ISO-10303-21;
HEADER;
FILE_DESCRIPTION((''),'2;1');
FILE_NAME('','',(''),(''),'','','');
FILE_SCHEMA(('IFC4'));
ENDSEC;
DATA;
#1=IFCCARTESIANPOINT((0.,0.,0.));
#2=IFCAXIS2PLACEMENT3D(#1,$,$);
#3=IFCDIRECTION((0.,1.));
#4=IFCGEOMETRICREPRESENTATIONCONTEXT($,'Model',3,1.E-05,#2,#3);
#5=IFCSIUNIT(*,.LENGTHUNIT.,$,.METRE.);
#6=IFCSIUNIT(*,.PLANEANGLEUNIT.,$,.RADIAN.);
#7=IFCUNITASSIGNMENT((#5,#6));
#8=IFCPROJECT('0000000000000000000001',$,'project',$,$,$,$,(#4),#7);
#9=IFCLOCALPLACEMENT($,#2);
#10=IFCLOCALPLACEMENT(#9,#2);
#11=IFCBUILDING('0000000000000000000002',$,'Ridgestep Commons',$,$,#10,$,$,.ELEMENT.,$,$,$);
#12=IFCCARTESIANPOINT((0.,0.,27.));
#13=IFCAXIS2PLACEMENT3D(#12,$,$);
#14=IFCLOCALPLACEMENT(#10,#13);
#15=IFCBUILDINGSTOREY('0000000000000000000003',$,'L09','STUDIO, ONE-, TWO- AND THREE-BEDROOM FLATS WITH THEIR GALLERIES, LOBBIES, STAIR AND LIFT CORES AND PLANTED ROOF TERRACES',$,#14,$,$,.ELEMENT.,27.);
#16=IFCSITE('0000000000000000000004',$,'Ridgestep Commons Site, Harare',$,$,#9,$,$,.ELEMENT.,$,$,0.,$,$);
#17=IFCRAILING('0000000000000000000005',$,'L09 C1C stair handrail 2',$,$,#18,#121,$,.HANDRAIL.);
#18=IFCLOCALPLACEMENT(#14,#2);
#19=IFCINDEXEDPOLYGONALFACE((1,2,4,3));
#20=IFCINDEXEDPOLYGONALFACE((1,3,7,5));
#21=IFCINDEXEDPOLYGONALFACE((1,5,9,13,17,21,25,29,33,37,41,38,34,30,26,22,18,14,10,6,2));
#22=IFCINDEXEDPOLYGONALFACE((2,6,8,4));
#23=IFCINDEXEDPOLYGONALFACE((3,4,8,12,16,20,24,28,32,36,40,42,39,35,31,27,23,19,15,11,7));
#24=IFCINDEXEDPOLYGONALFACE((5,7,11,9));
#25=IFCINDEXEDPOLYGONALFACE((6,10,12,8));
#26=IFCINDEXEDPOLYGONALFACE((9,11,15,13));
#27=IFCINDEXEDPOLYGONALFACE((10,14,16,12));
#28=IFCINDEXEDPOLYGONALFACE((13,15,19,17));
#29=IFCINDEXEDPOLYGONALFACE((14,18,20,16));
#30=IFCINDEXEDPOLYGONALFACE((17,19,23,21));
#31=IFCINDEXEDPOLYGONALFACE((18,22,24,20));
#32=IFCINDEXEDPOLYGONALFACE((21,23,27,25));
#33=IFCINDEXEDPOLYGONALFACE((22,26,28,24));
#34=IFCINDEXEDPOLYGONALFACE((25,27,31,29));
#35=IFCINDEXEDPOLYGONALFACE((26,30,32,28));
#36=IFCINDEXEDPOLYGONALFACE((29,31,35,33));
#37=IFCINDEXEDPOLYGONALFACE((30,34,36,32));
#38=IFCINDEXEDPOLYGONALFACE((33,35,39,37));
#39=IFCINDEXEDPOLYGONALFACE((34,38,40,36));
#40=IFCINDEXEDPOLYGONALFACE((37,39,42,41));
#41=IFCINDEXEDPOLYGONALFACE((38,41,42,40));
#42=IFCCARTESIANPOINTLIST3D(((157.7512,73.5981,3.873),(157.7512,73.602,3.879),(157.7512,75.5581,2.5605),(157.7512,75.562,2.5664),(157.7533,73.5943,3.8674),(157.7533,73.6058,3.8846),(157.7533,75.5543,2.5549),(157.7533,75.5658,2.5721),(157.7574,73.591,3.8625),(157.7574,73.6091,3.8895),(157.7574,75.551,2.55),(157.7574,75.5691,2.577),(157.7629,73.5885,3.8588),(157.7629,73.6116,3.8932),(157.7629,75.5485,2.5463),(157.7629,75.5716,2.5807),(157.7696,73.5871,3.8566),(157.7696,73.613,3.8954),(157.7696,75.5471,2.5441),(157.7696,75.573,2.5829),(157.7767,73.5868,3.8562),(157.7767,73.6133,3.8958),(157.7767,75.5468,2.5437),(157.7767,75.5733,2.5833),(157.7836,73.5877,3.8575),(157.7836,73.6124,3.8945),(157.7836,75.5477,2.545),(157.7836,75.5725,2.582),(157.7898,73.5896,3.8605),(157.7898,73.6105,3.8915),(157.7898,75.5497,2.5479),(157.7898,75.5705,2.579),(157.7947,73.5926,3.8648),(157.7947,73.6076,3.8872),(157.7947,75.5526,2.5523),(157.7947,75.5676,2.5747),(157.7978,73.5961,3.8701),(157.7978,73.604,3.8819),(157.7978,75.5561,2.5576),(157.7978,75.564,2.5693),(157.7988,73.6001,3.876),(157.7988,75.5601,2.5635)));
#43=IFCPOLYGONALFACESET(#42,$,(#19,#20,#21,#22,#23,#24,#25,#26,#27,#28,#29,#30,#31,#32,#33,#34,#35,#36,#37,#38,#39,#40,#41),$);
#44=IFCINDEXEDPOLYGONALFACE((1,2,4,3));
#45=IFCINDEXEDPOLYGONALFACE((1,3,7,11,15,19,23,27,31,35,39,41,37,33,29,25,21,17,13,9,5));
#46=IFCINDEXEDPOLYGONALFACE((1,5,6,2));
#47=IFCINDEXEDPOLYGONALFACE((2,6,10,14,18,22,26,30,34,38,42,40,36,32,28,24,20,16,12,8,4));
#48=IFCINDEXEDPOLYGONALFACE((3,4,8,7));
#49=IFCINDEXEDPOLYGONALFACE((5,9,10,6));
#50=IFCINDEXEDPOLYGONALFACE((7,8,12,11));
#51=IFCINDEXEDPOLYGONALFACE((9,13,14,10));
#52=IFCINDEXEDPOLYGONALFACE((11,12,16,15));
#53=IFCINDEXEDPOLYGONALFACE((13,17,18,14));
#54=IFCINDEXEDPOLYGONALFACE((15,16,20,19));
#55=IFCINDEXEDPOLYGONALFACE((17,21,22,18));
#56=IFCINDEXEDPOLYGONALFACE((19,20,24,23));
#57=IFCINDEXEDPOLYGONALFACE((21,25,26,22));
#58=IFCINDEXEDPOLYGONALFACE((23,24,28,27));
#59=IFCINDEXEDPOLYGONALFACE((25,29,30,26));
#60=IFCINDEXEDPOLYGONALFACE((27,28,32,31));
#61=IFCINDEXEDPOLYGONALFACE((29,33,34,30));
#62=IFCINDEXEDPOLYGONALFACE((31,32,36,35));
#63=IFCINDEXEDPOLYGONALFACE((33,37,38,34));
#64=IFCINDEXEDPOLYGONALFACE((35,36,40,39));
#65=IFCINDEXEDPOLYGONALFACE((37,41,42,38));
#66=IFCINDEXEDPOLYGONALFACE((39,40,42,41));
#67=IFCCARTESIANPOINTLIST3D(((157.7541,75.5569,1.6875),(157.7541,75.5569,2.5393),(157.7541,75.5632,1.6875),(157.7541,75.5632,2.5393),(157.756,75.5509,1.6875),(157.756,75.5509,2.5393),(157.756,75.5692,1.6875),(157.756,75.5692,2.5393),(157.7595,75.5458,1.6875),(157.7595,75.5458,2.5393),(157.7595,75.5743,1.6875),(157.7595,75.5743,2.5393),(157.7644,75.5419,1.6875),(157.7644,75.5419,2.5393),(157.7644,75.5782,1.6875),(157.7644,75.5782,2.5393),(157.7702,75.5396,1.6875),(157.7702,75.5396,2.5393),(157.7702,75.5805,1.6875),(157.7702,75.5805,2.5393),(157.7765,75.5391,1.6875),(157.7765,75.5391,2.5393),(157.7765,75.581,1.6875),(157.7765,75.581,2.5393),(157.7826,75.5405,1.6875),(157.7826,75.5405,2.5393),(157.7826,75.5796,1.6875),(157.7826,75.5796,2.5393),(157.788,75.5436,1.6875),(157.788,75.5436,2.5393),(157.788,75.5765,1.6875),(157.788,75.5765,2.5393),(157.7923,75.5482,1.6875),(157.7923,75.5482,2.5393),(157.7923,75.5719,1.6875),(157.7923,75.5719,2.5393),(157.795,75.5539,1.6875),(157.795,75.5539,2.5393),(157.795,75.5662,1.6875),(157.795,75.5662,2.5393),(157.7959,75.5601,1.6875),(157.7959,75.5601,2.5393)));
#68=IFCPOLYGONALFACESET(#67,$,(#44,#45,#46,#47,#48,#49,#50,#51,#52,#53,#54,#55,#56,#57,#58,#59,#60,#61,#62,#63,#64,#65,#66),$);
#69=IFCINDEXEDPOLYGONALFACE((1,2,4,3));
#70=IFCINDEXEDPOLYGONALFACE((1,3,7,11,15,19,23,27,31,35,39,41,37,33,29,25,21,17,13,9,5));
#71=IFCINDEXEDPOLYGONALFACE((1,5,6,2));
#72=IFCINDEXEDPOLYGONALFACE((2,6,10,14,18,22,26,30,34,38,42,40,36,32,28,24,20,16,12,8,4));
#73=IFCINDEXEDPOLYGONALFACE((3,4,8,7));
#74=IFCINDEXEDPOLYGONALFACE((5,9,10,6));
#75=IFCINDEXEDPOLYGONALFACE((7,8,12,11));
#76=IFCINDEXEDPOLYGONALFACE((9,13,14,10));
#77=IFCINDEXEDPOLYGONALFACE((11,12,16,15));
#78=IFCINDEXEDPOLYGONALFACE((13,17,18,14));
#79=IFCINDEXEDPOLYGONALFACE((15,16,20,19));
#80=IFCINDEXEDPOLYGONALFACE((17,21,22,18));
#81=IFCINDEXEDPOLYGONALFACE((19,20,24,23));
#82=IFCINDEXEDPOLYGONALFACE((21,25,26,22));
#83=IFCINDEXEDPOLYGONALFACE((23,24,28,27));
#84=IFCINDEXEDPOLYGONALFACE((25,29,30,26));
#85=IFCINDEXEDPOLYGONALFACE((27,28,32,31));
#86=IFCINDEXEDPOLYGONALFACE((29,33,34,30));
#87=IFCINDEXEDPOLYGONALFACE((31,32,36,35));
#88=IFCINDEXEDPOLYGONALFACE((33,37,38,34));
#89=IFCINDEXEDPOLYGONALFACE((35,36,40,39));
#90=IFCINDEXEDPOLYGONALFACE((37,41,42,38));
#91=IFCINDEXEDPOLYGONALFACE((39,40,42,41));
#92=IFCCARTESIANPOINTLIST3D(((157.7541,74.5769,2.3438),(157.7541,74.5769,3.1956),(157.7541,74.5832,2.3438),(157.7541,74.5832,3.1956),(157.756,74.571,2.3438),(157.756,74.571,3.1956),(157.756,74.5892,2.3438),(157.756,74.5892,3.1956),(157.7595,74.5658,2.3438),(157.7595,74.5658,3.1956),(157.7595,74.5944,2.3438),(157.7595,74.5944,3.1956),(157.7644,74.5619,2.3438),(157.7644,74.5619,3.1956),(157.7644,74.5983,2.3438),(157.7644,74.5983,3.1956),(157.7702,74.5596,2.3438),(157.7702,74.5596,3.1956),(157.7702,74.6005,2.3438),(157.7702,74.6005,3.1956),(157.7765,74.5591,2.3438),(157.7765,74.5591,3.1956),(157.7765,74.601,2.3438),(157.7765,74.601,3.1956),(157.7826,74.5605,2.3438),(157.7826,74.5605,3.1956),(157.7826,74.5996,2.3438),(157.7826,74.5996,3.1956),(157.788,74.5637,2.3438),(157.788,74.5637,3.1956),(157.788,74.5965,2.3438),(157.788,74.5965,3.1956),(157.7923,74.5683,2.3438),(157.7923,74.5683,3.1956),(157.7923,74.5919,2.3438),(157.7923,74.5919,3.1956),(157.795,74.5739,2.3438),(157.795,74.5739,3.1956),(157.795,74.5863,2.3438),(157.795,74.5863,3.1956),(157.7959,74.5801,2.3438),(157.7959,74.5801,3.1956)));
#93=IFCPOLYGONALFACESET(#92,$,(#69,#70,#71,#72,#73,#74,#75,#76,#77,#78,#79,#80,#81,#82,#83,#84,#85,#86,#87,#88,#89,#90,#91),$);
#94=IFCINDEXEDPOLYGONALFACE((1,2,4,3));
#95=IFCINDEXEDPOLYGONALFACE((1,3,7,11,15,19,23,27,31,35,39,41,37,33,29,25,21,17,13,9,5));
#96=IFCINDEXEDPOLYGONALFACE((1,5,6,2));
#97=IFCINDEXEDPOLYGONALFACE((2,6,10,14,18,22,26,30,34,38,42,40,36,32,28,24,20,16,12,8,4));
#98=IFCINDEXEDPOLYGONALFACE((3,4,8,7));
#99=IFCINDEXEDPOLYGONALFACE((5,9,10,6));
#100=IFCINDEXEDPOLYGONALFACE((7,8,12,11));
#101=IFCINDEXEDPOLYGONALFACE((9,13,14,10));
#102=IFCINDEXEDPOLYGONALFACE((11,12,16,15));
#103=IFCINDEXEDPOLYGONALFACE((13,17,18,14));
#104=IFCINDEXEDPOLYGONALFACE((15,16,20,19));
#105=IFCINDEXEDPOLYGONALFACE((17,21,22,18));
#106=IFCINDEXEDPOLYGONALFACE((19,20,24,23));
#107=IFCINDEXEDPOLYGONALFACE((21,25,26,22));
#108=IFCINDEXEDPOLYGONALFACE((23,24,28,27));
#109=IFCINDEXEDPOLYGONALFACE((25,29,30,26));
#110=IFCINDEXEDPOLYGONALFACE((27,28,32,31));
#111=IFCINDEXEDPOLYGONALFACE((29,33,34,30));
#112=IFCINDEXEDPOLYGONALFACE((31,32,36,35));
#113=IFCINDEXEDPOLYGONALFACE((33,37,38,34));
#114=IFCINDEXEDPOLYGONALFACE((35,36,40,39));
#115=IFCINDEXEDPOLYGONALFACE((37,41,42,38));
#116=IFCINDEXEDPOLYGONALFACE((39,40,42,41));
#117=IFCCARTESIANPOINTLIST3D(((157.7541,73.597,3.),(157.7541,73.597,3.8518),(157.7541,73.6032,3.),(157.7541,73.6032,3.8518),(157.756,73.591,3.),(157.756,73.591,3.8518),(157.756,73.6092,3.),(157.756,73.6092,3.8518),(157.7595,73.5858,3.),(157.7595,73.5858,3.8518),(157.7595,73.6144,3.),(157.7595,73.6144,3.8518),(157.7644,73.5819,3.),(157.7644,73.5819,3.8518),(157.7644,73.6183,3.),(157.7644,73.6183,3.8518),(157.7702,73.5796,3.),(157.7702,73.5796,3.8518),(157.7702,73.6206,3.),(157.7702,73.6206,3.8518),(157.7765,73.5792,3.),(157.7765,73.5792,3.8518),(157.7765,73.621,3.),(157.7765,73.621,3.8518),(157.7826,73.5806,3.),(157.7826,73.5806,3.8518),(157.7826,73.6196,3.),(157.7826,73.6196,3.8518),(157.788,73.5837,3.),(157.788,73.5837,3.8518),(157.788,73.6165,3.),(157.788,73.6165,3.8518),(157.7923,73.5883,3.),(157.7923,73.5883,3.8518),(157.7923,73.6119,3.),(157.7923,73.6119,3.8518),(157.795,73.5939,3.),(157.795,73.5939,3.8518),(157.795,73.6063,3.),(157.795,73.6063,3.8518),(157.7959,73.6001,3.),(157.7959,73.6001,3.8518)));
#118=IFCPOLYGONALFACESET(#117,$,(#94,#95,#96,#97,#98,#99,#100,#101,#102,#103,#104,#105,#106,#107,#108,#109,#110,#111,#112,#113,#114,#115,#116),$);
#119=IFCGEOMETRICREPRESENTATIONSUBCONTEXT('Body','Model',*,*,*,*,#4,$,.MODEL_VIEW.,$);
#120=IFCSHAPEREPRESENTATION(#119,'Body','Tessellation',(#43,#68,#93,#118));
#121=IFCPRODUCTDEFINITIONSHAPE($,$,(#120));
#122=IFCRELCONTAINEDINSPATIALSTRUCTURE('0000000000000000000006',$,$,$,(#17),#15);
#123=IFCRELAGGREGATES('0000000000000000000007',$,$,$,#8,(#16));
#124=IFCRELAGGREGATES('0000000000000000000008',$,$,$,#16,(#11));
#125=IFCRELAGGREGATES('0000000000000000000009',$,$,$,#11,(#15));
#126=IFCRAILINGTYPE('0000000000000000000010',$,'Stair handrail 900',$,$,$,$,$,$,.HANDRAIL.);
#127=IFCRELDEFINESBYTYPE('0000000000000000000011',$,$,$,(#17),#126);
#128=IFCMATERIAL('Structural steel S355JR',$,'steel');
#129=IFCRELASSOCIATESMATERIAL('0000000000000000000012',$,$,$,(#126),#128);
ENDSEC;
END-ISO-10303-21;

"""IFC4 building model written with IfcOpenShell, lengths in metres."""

from ifc_helpers import new_model, si_unit, direction, frame, origin, origin_2d, place, context, subcontext, project, spatial, circle, extrude, material, type_object, element, save


model = new_model("IFC4")

# Units and contexts
model_context = context("Model", 3, precision=1e-05, world=origin(), true_north=direction((0.0, 1.0)))
body_context = subcontext(model_context, "Body", "Model", "MODEL_VIEW")
ifc_project = project(units=[si_unit("LENGTHUNIT", "METRE"), si_unit("PLANEANGLEUNIT", "RADIAN")], contexts=[model_context])

# Site, building, storey
site_placement = place(None, origin())
site = spatial("IfcSite", under=ifc_project, at=site_placement, Name="Ridgestep Commons Site, Harare", CompositionType="ELEMENT", RefElevation=0.0)
building_placement = place(site_placement, origin())
building = spatial("IfcBuilding", under=site, at=building_placement, Name="Ridgestep Commons", CompositionType="ELEMENT")
storey_placement = place(building_placement, frame((0.0, 0.0, 27.0)))
storey = spatial("IfcBuildingStorey", under=building, at=storey_placement, Name="L09", Description="STUDIO, ONE-, TWO- AND THREE-BEDROOM FLATS WITH THEIR GALLERIES, LOBBIES, STAIR AND LIFT CORES AND PLANTED ROOF TERRACES", CompositionType="ELEMENT", Elevation=27.0)

# Railing
ifc_material_1 = material(Name="Structural steel S355JR", Category="steel")
railing_type_1 = type_object("IfcRailingType", Name="Stair handrail 900", PredefinedType="HANDRAIL", material=ifc_material_1)
railing_1_placement = place(storey_placement, frame((157.7749, 75.5601, 1.6875)))
element("IfcRailing", 1, at=railing_1_placement, inside=storey, type_object=railing_type_1, Name="L09 C1C stair handrail 2", PredefinedType="HANDRAIL", context=body_context, shape_type="SweptSolid", body=[
    extrude(circle(Radius=0.0239, at=origin_2d()), frame((0.0, 0.0, 0.876), z_axis=(0.0, -0.830902, 0.556419), x_axis=(1.0, 0.0, 0.0)), (0.0, 0.0, 1.0), 2.3589),
    extrude(circle(Radius=0.021, at=origin_2d()), origin(), (0.0, 0.0, 1.0), 0.8518),
    extrude(circle(Radius=0.021, at=origin_2d()), frame((0.0, -0.98, 0.6562)), (0.0, 0.0, 1.0), 0.8518),
    extrude(circle(Radius=0.021, at=origin_2d()), frame((0.0, -1.96, 1.3125)), (0.0, 0.0, 1.0), 0.8518),
])

save(model, "model.ifc")
